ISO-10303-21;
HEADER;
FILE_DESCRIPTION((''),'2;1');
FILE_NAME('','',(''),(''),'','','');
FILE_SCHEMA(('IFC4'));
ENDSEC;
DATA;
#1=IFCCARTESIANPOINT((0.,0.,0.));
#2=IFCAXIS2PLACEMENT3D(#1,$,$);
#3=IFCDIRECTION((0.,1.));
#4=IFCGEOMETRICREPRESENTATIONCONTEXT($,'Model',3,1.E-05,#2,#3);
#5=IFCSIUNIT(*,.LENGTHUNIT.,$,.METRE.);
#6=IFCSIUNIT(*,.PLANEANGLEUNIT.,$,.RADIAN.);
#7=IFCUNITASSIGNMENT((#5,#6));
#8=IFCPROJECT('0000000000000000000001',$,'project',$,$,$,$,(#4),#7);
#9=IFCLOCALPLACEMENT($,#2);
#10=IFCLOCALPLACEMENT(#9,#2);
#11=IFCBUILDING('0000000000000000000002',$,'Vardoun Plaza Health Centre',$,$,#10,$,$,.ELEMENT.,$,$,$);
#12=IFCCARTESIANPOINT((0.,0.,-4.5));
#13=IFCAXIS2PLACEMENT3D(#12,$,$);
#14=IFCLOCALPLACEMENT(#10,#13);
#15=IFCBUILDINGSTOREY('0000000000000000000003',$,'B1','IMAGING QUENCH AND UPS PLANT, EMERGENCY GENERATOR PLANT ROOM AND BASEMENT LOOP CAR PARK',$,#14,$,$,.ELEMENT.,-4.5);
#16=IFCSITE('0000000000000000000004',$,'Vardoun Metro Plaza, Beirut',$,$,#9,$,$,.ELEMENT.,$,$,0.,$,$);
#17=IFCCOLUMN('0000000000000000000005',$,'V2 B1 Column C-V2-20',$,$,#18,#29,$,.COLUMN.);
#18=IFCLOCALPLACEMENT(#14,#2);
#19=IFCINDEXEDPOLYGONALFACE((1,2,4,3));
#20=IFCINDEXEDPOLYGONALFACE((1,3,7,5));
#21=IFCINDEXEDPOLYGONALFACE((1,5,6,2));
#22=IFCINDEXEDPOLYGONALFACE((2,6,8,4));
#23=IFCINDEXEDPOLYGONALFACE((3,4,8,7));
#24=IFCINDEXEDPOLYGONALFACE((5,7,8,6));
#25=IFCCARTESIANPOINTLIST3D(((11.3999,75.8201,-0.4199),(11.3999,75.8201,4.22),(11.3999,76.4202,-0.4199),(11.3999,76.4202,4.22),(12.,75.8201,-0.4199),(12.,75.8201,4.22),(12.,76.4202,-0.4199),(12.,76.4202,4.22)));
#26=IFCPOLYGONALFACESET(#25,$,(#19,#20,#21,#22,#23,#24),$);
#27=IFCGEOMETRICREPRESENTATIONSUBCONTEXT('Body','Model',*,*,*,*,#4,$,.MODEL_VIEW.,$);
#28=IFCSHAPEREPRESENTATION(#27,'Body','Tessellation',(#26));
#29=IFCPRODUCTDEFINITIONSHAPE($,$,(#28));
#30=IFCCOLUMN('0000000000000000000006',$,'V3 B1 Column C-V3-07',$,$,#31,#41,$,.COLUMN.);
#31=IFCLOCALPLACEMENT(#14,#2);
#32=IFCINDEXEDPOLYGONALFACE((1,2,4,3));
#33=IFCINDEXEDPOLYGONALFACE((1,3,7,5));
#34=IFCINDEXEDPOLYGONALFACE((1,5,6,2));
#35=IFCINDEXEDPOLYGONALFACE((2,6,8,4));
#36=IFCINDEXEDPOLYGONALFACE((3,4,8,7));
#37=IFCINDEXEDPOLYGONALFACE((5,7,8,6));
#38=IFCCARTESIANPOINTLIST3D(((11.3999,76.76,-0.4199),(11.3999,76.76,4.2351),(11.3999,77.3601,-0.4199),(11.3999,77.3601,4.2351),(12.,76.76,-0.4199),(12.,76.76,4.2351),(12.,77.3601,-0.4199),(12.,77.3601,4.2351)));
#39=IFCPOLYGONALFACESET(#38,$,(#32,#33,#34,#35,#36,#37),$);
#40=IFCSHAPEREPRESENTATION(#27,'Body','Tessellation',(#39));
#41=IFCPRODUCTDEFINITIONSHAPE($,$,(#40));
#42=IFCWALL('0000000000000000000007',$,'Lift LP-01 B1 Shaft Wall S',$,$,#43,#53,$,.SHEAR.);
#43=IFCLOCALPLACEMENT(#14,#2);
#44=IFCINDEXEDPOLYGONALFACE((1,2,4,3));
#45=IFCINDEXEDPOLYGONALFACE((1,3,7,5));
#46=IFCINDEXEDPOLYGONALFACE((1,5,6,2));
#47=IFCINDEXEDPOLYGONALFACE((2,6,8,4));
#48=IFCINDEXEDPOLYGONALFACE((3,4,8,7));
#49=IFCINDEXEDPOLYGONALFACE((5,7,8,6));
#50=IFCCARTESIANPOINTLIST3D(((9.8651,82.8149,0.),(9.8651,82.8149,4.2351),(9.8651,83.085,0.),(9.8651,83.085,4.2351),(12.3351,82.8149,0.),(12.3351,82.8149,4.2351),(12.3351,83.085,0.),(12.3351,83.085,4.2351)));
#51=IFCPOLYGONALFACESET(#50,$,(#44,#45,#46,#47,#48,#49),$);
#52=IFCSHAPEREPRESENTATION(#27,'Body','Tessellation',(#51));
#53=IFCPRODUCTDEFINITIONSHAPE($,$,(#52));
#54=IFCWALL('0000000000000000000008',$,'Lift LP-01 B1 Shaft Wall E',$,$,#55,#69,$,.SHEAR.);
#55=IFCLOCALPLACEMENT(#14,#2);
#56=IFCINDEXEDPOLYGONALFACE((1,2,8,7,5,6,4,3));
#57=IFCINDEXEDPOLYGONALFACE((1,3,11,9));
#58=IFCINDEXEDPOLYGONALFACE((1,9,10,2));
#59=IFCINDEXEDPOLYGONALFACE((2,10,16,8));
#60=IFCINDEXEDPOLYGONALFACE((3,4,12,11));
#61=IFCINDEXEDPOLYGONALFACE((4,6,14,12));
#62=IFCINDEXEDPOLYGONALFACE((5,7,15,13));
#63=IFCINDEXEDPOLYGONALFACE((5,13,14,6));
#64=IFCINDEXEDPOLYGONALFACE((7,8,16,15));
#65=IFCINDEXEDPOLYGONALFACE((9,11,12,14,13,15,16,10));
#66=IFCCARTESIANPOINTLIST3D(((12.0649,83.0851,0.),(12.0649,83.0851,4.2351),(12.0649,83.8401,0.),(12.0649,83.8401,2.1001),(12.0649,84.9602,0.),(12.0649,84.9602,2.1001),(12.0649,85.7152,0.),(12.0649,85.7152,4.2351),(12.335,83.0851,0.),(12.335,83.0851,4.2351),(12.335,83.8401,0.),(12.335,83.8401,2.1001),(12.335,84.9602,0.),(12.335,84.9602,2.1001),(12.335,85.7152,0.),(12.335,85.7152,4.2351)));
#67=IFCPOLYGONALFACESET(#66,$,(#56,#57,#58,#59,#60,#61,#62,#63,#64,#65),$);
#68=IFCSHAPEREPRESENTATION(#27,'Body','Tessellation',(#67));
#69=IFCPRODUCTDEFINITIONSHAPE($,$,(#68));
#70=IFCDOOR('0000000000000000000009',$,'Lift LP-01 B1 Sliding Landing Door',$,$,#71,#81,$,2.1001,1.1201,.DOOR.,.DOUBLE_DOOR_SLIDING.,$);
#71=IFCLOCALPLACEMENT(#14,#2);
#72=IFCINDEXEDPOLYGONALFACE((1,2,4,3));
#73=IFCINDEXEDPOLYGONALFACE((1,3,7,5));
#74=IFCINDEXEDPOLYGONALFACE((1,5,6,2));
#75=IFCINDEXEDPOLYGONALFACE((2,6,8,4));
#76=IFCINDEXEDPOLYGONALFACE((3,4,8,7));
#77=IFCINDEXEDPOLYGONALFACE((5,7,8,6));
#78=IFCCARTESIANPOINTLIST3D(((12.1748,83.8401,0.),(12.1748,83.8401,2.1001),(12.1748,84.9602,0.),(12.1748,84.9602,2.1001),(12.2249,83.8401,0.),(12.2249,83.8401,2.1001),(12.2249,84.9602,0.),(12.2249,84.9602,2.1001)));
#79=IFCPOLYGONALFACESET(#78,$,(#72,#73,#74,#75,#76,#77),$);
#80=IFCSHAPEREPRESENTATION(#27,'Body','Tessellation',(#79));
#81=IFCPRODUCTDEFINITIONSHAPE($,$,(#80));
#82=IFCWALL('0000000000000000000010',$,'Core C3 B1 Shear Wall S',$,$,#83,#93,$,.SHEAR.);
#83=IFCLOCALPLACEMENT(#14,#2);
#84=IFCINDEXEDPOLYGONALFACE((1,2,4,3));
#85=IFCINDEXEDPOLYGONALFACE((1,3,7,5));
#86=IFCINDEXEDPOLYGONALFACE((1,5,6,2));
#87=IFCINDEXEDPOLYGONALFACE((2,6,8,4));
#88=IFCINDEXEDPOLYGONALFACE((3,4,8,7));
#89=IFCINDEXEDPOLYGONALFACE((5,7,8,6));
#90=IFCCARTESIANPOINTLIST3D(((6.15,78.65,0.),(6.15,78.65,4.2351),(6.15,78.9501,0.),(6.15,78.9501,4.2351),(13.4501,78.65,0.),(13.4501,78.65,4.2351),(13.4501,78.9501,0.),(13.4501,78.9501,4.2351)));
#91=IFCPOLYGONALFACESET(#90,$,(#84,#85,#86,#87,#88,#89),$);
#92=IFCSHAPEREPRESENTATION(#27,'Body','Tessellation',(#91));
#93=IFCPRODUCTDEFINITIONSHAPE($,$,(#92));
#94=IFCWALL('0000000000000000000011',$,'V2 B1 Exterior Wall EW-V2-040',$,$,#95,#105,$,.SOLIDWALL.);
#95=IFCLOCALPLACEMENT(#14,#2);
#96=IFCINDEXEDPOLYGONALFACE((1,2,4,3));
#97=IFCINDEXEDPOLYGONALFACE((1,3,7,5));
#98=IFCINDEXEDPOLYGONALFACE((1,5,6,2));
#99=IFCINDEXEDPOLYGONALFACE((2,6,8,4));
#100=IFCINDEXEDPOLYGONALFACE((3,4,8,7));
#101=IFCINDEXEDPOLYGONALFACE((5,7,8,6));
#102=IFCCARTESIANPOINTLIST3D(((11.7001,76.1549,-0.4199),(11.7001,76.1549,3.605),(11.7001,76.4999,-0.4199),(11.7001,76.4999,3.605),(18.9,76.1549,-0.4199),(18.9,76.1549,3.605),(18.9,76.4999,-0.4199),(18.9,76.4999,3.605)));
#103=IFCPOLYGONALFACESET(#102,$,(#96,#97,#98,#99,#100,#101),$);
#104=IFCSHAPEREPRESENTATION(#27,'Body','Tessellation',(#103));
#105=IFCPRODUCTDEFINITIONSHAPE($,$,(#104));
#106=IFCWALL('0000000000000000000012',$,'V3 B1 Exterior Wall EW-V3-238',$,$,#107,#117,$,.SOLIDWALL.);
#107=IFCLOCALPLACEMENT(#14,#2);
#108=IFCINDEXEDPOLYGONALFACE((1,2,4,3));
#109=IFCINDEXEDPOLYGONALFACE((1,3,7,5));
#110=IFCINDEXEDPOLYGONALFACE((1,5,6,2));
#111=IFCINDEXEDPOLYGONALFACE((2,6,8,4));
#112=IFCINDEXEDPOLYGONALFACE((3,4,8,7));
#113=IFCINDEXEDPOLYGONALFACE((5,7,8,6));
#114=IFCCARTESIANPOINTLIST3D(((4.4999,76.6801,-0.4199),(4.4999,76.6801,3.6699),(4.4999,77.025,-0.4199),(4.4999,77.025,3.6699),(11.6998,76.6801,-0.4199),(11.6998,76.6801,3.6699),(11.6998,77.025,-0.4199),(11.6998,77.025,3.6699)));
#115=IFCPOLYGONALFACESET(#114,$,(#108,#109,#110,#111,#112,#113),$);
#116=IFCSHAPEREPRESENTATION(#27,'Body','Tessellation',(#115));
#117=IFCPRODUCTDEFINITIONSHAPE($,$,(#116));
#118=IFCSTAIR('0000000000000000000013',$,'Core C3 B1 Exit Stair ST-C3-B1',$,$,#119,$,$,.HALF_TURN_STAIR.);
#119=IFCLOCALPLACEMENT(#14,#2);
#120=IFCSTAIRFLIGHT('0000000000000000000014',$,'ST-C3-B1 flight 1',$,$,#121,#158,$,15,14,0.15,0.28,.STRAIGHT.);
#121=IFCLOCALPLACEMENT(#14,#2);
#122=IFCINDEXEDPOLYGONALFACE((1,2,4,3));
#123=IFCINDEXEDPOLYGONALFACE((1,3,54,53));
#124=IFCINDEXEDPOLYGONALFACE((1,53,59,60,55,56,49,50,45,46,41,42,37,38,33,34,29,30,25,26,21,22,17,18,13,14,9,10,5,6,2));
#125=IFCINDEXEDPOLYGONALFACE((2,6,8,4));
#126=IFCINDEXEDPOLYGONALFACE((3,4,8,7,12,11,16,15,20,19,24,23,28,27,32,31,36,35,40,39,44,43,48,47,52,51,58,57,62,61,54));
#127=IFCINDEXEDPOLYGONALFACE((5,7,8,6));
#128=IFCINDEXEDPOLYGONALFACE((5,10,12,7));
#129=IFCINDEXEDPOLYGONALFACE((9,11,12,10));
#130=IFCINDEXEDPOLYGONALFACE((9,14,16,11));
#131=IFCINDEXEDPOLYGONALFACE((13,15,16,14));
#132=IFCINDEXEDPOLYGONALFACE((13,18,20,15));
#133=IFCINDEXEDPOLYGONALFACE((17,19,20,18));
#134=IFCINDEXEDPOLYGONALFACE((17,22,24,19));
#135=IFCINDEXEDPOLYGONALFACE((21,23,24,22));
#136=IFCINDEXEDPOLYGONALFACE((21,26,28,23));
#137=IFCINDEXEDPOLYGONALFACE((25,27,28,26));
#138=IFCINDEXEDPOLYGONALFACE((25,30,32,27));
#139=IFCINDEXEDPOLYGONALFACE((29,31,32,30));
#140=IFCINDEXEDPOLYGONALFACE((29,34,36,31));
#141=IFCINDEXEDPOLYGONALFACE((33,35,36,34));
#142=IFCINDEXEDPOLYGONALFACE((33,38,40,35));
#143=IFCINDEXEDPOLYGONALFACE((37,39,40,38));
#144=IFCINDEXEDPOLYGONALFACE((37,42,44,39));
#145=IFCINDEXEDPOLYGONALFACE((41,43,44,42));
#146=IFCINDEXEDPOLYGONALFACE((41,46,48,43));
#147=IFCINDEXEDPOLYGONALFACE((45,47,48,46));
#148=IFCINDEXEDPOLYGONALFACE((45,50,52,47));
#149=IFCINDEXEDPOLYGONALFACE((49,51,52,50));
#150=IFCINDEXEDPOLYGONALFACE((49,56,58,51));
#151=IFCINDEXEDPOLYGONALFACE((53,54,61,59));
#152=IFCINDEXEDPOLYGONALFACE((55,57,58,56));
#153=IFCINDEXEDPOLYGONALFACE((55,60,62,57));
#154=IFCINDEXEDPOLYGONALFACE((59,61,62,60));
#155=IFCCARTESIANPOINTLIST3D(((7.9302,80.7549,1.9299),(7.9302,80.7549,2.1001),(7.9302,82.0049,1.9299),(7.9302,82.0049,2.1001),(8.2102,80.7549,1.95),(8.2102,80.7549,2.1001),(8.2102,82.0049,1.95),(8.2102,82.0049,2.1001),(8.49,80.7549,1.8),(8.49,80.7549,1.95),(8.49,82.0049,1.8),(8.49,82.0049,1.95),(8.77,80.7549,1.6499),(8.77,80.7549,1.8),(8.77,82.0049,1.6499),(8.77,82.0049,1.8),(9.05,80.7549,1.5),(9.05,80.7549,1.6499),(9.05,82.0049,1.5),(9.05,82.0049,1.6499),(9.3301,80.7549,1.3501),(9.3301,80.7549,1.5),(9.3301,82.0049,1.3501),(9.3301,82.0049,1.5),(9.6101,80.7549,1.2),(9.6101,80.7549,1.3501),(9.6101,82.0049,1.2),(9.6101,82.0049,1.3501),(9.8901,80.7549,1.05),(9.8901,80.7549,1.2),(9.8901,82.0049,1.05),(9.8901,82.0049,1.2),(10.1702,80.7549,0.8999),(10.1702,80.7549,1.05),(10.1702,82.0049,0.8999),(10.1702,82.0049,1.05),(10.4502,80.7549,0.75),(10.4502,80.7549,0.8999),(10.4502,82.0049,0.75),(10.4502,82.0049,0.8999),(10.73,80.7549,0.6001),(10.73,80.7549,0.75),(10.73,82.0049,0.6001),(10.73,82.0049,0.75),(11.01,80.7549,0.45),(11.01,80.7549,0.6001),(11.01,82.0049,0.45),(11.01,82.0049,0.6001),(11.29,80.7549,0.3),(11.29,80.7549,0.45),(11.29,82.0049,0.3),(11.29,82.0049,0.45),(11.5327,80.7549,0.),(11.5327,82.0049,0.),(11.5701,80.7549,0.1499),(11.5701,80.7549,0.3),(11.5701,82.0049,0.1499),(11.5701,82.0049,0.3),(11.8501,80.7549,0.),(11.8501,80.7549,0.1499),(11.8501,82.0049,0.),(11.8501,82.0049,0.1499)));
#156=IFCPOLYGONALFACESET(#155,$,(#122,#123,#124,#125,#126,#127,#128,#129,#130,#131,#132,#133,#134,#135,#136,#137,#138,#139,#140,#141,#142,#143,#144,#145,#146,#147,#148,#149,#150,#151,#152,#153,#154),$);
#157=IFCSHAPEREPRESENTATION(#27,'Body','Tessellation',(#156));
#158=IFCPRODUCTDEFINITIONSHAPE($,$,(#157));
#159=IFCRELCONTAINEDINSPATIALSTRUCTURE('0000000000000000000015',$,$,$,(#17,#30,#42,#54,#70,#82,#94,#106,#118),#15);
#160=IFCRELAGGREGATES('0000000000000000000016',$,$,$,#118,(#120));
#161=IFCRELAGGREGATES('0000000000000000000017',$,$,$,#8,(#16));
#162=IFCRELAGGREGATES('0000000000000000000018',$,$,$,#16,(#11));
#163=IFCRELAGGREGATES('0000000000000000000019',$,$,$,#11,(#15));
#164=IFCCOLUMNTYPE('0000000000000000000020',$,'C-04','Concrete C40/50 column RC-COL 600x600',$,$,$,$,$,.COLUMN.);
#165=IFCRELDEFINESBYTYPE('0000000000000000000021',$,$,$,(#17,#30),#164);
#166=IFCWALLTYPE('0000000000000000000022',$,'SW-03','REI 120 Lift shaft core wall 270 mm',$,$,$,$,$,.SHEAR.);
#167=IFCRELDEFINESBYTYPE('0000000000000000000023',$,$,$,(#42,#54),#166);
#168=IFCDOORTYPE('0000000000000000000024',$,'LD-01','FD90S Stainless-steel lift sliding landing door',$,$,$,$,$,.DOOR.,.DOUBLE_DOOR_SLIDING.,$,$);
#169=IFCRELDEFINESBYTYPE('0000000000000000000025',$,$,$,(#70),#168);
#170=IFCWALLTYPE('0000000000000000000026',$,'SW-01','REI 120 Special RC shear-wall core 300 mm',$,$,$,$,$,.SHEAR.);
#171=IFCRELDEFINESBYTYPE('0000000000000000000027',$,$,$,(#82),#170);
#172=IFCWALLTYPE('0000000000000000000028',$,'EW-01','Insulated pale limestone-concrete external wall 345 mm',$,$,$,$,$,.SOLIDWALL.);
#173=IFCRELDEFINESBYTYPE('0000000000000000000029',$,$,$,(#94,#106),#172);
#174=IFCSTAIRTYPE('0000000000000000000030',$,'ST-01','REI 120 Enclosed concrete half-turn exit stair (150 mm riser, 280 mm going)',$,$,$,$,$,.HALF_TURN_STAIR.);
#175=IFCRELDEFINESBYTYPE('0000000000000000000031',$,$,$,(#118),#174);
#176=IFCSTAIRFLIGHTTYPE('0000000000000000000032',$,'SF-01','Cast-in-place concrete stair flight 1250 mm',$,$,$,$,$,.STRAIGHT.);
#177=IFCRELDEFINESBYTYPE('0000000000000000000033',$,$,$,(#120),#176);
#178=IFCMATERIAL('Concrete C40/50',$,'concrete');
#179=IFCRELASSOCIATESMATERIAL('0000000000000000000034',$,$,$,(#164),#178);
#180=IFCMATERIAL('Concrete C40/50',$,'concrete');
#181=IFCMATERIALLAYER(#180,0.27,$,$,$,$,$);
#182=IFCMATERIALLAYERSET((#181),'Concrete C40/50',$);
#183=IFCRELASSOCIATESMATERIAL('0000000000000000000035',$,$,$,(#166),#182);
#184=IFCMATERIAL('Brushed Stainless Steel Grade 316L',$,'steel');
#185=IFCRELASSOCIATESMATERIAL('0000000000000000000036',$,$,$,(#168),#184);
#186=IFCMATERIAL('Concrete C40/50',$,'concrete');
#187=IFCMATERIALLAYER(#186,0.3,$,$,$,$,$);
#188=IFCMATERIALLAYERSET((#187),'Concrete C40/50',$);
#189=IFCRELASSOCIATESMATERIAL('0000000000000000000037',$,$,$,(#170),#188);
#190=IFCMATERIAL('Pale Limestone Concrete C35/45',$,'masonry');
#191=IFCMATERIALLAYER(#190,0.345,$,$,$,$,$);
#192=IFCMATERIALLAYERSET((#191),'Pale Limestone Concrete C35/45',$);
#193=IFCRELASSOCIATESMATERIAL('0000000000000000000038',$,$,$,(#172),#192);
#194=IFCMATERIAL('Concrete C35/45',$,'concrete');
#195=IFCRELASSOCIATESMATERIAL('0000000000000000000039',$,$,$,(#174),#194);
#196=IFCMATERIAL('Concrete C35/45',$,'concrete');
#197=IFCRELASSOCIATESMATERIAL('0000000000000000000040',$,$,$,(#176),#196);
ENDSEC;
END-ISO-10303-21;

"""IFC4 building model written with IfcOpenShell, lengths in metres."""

from ifc_helpers import new_model, si_unit, direction, frame, frame_2d, origin, origin_2d, place, context, subcontext, project, spatial, polyline, rectangle, outline, extrude, material, layer, layer_set, material_profile, profile_set, type_object, element, fill, aggregate, save


model = new_model("IFC4")

# Units and contexts
model_context = context("Model", 3, precision=1e-05, world=origin(), true_north=direction((0.0, 1.0)))
body_context = subcontext(model_context, "Body", "Model", "MODEL_VIEW")
ifc_project = project(units=[si_unit("LENGTHUNIT", "METRE"), si_unit("PLANEANGLEUNIT", "RADIAN")], contexts=[model_context])

# Site, building, storey
site_placement = place(None, origin())
site = spatial("IfcSite", under=ifc_project, at=site_placement, Name="Vardoun Metro Plaza, Beirut", CompositionType="ELEMENT", RefElevation=0.0)
building_placement = place(site_placement, origin())
building = spatial("IfcBuilding", under=site, at=building_placement, Name="Vardoun Plaza Health Centre", CompositionType="ELEMENT")
storey_placement = place(building_placement, frame((0.0, 0.0, -4.5)))
storey = spatial("IfcBuildingStorey", under=building, at=storey_placement, Name="B1", Description="IMAGING QUENCH AND UPS PLANT, EMERGENCY GENERATOR PLANT ROOM AND BASEMENT LOOP CAR PARK", CompositionType="ELEMENT", Elevation=-4.5)

# Columns
ifc_material_1 = material(Name="Concrete C40/50", Category="concrete")
ifc_material_profile_1 = material_profile(ifc_material_1, rectangle(XDim=0.6001, YDim=0.6001, at=origin_2d()), Name="RC-COL 600x600")
ifc_profile_set_1 = profile_set([ifc_material_profile_1], Name="Concrete C40/50")
column_type_1 = type_object("IfcColumnType", Name="C-04", Description="Concrete C40/50 column RC-COL 600x600", PredefinedType="COLUMN", material=ifc_profile_set_1)
column_1_placement = place(storey_placement, frame((11.7, 76.1201, -0.4199), z_axis=(0.0, 0.0, 1.0), x_axis=(1.0, 0.0, 0.0)))
element("IfcColumn", 1, at=column_1_placement, inside=storey, type_object=column_type_1, Name="V2 B1 Column C-V2-20", PredefinedType="COLUMN", context=body_context, shape_type="SweptSolid", body=[
    extrude(rectangle(XDim=0.6001, YDim=0.6001, at=origin_2d()), origin(), (0.0, 0.0, 1.0), 4.6399),
])
column_2_placement = place(storey_placement, frame((11.7, 77.0601, -0.4199), z_axis=(0.0, 0.0, 1.0), x_axis=(1.0, 0.0, 0.0)))
element("IfcColumn", 2, at=column_2_placement, inside=storey, type_object=column_type_1, Name="V3 B1 Column C-V3-07", PredefinedType="COLUMN", context=body_context, shape_type="SweptSolid", body=[
    extrude(rectangle(XDim=0.6001, YDim=0.6001, at=origin_2d()), origin(), (0.0, 0.0, 1.0), 4.655),
])

# Wall
ifc_material_2 = material(Name="Concrete C40/50", Category="concrete")
ifc_layer_1 = layer(ifc_material_2, 0.27)
ifc_layer_set_1 = layer_set([ifc_layer_1], Name="Concrete C40/50")
wall_type_1 = type_object("IfcWallType", Name="SW-03", Description="REI 120 Lift shaft core wall 270 mm", PredefinedType="SHEAR", material=ifc_layer_set_1)
wall_1_placement = place(storey_placement, frame((12.335, 82.95, 0.0), z_axis=(0.0, 0.0, 1.0), x_axis=(-1.0, 0.0, 0.0)))
element("IfcWall", 3, at=wall_1_placement, inside=storey, type_object=wall_type_1, Name="Lift LP-01 B1 Shaft Wall S", PredefinedType="SHEAR", context=body_context, shape_type="SweptSolid", body=[
    extrude(rectangle(XDim=2.47, YDim=0.27, at=frame_2d((1.2349, 0.0))), origin(), (0.0, 0.0, 1.0), 4.2351),
])

# Wall, opening, door
wall_2_placement = place(storey_placement, frame((12.2, 85.7151, 0.0), z_axis=(0.0, 0.0, 1.0), x_axis=(0.0, -1.0, 0.0)))
wall_2 = element("IfcWall", 4, at=wall_2_placement, inside=storey, type_object=wall_type_1, Name="Lift LP-01 B1 Shaft Wall E", PredefinedType="SHEAR", context=body_context, shape_type="SweptSolid", body=[
    extrude(rectangle(XDim=2.6301, YDim=0.27, at=frame_2d((1.3149, 0.0))), origin(), (0.0, 0.0, 1.0), 4.2351),
])
opening_1_placement = place(wall_2_placement, frame((0.7549, 0.0, 0.0)))
opening_1 = element("IfcOpeningElement", 5, at=opening_1_placement, cuts=wall_2, PredefinedType="OPENING", context=body_context, shape_type="SweptSolid", body=[
    extrude(rectangle(XDim=1.1201, YDim=2.1001, at=frame_2d((0.5601, 1.05))), frame((0.0, 0.135, 0.0), z_axis=(0.0, -1.0, 0.0), x_axis=(1.0, 0.0, 0.0)), (0.0, 0.0, 1.0), 0.27),
])
ifc_material_3 = material(Name="Brushed Stainless Steel Grade 316L", Category="steel")
door_type_1 = type_object("IfcDoorType", Name="LD-01", Description="FD90S Stainless-steel lift sliding landing door", OperationType="DOUBLE_DOOR_SLIDING", PredefinedType="DOOR", material=ifc_material_3)
door_1_placement = place(opening_1_placement, origin())
door_1 = element("IfcDoor", 6, at=door_1_placement, inside=storey, type_object=door_type_1, Name="Lift LP-01 B1 Sliding Landing Door", OperationType="DOUBLE_DOOR_SLIDING", OverallHeight=2.1001, OverallWidth=1.1201, PredefinedType="DOOR", context=body_context, shape_type="SweptSolid", body=[
    extrude(rectangle(XDim=1.1201, YDim=2.1001, at=frame_2d((0.5601, 1.05))), frame((0.0, 0.0249, 0.0), z_axis=(0.0, -1.0, 0.0), x_axis=(1.0, 0.0, 0.0)), (0.0, 0.0, 1.0), 0.05),
])
fill(opening_1, door_1)

# Wall
ifc_material_4 = material(Name="Concrete C40/50", Category="concrete")
ifc_layer_2 = layer(ifc_material_4, 0.3)
ifc_layer_set_2 = layer_set([ifc_layer_2], Name="Concrete C40/50")
wall_type_2 = type_object("IfcWallType", Name="SW-01", Description="REI 120 Special RC shear-wall core 300 mm", PredefinedType="SHEAR", material=ifc_layer_set_2)
wall_3_placement = place(storey_placement, frame((13.45, 78.8, 0.0), z_axis=(0.0, 0.0, 1.0), x_axis=(-1.0, 0.0, 0.0)))
element("IfcWall", 7, at=wall_3_placement, inside=storey, type_object=wall_type_2, Name="Core C3 B1 Shear Wall S", PredefinedType="SHEAR", context=body_context, shape_type="SweptSolid", body=[
    extrude(rectangle(XDim=7.3, YDim=0.3, at=frame_2d((3.6499, 0.0))), origin(), (0.0, 0.0, 1.0), 4.2351),
])

# Walls
ifc_material_5 = material(Name="Pale Limestone Concrete C35/45", Category="masonry")
ifc_layer_3 = layer(ifc_material_5, 0.345)
ifc_layer_set_3 = layer_set([ifc_layer_3], Name="Pale Limestone Concrete C35/45")
wall_type_3 = type_object("IfcWallType", Name="EW-01", Description="Insulated pale limestone-concrete external wall 345 mm", PredefinedType="SOLIDWALL", material=ifc_layer_set_3)
wall_4_placement = place(storey_placement, frame((11.7, 76.3274, -0.4199), z_axis=(0.0, 0.0, 1.0), x_axis=(1.0, 0.0, 0.0)))
element("IfcWall", 8, at=wall_4_placement, inside=storey, type_object=wall_type_3, Name="V2 B1 Exterior Wall EW-V2-040", PredefinedType="SOLIDWALL", context=body_context, shape_type="SweptSolid", body=[
    extrude(rectangle(XDim=7.2, YDim=0.345, at=frame_2d((3.6001, 0.0))), origin(), (0.0, 0.0, 1.0), 4.0249),
])
wall_5_placement = place(storey_placement, frame((11.7, 76.8525, -0.4199), z_axis=(0.0, 0.0, 1.0), x_axis=(-1.0, 0.0, 0.0)))
element("IfcWall", 9, at=wall_5_placement, inside=storey, type_object=wall_type_3, Name="V3 B1 Exterior Wall EW-V3-238", PredefinedType="SOLIDWALL", context=body_context, shape_type="SweptSolid", body=[
    extrude(rectangle(XDim=7.2, YDim=0.345, at=frame_2d((3.6001, 0.0))), origin(), (0.0, 0.0, 1.0), 4.0898),
])

# Stair, stair flight
ifc_material_6 = material(Name="Concrete C35/45", Category="concrete")
stair_type = type_object("IfcStairType", Name="ST-01", Description="REI 120 Enclosed concrete half-turn exit stair (150 mm riser, 280 mm going)", PredefinedType="HALF_TURN_STAIR", material=ifc_material_6)
stair_placement = place(storey_placement, origin())
stair = element("IfcStair", 10, at=stair_placement, inside=storey, type_object=stair_type, Name="Core C3 B1 Exit Stair ST-C3-B1", PredefinedType="HALF_TURN_STAIR")
ifc_material_7 = material(Name="Concrete C35/45", Category="concrete")
stair_flight_type = type_object("IfcStairFlightType", Name="SF-01", Description="Cast-in-place concrete stair flight 1250 mm", PredefinedType="STRAIGHT", material=ifc_material_7)
stair_flight_placement = place(storey_placement, frame((11.8501, 81.3799, 0.0), z_axis=(0.0, 0.0, 1.0), x_axis=(-1.0, 0.0, 0.0)))
stair_flight = element("IfcStairFlight", 11, at=stair_flight_placement, type_object=stair_flight_type, Name="ST-C3-B1 flight 1", NumberOfRisers=15, NumberOfTreads=14, PredefinedType="STRAIGHT", RiserHeight=0.15, TreadLength=0.28, context=body_context, shape_type="SweptSolid", body=[
    extrude(outline(polyline([(0.0, 0.0), (0.0, 0.1499), (0.28, 0.1499), (0.28, 0.3), (0.5601, 0.3), (0.5601, 0.45), (0.8401, 0.45), (0.8401, 0.6001), (1.1201, 0.6001), (1.1201, 0.75), (1.3999, 0.75), (1.3999, 0.8999), (1.6799, 0.8999), (1.6799, 1.05), (1.96, 1.05), (1.96, 1.2), (2.24, 1.2), (2.24, 1.3501), (2.52, 1.3501), (2.52, 1.5), (2.8, 1.5), (2.8, 1.6499), (3.0801, 1.6499), (3.0801, 1.8), (3.3601, 1.8), (3.3601, 1.95), (3.6399, 1.95), (3.6399, 2.1001), (3.9199, 2.1001), (3.9199, 2.25), (3.9199, 1.9299), (0.3174, 0.0), (0.0, 0.0)])), frame((0.0, 0.625, 0.0), z_axis=(0.0, -1.0, 0.0), x_axis=(1.0, 0.0, 0.0)), (0.0, 0.0, 1.0), 1.25),
])
aggregate(stair, [stair_flight])

save(model, "model.ifc")
